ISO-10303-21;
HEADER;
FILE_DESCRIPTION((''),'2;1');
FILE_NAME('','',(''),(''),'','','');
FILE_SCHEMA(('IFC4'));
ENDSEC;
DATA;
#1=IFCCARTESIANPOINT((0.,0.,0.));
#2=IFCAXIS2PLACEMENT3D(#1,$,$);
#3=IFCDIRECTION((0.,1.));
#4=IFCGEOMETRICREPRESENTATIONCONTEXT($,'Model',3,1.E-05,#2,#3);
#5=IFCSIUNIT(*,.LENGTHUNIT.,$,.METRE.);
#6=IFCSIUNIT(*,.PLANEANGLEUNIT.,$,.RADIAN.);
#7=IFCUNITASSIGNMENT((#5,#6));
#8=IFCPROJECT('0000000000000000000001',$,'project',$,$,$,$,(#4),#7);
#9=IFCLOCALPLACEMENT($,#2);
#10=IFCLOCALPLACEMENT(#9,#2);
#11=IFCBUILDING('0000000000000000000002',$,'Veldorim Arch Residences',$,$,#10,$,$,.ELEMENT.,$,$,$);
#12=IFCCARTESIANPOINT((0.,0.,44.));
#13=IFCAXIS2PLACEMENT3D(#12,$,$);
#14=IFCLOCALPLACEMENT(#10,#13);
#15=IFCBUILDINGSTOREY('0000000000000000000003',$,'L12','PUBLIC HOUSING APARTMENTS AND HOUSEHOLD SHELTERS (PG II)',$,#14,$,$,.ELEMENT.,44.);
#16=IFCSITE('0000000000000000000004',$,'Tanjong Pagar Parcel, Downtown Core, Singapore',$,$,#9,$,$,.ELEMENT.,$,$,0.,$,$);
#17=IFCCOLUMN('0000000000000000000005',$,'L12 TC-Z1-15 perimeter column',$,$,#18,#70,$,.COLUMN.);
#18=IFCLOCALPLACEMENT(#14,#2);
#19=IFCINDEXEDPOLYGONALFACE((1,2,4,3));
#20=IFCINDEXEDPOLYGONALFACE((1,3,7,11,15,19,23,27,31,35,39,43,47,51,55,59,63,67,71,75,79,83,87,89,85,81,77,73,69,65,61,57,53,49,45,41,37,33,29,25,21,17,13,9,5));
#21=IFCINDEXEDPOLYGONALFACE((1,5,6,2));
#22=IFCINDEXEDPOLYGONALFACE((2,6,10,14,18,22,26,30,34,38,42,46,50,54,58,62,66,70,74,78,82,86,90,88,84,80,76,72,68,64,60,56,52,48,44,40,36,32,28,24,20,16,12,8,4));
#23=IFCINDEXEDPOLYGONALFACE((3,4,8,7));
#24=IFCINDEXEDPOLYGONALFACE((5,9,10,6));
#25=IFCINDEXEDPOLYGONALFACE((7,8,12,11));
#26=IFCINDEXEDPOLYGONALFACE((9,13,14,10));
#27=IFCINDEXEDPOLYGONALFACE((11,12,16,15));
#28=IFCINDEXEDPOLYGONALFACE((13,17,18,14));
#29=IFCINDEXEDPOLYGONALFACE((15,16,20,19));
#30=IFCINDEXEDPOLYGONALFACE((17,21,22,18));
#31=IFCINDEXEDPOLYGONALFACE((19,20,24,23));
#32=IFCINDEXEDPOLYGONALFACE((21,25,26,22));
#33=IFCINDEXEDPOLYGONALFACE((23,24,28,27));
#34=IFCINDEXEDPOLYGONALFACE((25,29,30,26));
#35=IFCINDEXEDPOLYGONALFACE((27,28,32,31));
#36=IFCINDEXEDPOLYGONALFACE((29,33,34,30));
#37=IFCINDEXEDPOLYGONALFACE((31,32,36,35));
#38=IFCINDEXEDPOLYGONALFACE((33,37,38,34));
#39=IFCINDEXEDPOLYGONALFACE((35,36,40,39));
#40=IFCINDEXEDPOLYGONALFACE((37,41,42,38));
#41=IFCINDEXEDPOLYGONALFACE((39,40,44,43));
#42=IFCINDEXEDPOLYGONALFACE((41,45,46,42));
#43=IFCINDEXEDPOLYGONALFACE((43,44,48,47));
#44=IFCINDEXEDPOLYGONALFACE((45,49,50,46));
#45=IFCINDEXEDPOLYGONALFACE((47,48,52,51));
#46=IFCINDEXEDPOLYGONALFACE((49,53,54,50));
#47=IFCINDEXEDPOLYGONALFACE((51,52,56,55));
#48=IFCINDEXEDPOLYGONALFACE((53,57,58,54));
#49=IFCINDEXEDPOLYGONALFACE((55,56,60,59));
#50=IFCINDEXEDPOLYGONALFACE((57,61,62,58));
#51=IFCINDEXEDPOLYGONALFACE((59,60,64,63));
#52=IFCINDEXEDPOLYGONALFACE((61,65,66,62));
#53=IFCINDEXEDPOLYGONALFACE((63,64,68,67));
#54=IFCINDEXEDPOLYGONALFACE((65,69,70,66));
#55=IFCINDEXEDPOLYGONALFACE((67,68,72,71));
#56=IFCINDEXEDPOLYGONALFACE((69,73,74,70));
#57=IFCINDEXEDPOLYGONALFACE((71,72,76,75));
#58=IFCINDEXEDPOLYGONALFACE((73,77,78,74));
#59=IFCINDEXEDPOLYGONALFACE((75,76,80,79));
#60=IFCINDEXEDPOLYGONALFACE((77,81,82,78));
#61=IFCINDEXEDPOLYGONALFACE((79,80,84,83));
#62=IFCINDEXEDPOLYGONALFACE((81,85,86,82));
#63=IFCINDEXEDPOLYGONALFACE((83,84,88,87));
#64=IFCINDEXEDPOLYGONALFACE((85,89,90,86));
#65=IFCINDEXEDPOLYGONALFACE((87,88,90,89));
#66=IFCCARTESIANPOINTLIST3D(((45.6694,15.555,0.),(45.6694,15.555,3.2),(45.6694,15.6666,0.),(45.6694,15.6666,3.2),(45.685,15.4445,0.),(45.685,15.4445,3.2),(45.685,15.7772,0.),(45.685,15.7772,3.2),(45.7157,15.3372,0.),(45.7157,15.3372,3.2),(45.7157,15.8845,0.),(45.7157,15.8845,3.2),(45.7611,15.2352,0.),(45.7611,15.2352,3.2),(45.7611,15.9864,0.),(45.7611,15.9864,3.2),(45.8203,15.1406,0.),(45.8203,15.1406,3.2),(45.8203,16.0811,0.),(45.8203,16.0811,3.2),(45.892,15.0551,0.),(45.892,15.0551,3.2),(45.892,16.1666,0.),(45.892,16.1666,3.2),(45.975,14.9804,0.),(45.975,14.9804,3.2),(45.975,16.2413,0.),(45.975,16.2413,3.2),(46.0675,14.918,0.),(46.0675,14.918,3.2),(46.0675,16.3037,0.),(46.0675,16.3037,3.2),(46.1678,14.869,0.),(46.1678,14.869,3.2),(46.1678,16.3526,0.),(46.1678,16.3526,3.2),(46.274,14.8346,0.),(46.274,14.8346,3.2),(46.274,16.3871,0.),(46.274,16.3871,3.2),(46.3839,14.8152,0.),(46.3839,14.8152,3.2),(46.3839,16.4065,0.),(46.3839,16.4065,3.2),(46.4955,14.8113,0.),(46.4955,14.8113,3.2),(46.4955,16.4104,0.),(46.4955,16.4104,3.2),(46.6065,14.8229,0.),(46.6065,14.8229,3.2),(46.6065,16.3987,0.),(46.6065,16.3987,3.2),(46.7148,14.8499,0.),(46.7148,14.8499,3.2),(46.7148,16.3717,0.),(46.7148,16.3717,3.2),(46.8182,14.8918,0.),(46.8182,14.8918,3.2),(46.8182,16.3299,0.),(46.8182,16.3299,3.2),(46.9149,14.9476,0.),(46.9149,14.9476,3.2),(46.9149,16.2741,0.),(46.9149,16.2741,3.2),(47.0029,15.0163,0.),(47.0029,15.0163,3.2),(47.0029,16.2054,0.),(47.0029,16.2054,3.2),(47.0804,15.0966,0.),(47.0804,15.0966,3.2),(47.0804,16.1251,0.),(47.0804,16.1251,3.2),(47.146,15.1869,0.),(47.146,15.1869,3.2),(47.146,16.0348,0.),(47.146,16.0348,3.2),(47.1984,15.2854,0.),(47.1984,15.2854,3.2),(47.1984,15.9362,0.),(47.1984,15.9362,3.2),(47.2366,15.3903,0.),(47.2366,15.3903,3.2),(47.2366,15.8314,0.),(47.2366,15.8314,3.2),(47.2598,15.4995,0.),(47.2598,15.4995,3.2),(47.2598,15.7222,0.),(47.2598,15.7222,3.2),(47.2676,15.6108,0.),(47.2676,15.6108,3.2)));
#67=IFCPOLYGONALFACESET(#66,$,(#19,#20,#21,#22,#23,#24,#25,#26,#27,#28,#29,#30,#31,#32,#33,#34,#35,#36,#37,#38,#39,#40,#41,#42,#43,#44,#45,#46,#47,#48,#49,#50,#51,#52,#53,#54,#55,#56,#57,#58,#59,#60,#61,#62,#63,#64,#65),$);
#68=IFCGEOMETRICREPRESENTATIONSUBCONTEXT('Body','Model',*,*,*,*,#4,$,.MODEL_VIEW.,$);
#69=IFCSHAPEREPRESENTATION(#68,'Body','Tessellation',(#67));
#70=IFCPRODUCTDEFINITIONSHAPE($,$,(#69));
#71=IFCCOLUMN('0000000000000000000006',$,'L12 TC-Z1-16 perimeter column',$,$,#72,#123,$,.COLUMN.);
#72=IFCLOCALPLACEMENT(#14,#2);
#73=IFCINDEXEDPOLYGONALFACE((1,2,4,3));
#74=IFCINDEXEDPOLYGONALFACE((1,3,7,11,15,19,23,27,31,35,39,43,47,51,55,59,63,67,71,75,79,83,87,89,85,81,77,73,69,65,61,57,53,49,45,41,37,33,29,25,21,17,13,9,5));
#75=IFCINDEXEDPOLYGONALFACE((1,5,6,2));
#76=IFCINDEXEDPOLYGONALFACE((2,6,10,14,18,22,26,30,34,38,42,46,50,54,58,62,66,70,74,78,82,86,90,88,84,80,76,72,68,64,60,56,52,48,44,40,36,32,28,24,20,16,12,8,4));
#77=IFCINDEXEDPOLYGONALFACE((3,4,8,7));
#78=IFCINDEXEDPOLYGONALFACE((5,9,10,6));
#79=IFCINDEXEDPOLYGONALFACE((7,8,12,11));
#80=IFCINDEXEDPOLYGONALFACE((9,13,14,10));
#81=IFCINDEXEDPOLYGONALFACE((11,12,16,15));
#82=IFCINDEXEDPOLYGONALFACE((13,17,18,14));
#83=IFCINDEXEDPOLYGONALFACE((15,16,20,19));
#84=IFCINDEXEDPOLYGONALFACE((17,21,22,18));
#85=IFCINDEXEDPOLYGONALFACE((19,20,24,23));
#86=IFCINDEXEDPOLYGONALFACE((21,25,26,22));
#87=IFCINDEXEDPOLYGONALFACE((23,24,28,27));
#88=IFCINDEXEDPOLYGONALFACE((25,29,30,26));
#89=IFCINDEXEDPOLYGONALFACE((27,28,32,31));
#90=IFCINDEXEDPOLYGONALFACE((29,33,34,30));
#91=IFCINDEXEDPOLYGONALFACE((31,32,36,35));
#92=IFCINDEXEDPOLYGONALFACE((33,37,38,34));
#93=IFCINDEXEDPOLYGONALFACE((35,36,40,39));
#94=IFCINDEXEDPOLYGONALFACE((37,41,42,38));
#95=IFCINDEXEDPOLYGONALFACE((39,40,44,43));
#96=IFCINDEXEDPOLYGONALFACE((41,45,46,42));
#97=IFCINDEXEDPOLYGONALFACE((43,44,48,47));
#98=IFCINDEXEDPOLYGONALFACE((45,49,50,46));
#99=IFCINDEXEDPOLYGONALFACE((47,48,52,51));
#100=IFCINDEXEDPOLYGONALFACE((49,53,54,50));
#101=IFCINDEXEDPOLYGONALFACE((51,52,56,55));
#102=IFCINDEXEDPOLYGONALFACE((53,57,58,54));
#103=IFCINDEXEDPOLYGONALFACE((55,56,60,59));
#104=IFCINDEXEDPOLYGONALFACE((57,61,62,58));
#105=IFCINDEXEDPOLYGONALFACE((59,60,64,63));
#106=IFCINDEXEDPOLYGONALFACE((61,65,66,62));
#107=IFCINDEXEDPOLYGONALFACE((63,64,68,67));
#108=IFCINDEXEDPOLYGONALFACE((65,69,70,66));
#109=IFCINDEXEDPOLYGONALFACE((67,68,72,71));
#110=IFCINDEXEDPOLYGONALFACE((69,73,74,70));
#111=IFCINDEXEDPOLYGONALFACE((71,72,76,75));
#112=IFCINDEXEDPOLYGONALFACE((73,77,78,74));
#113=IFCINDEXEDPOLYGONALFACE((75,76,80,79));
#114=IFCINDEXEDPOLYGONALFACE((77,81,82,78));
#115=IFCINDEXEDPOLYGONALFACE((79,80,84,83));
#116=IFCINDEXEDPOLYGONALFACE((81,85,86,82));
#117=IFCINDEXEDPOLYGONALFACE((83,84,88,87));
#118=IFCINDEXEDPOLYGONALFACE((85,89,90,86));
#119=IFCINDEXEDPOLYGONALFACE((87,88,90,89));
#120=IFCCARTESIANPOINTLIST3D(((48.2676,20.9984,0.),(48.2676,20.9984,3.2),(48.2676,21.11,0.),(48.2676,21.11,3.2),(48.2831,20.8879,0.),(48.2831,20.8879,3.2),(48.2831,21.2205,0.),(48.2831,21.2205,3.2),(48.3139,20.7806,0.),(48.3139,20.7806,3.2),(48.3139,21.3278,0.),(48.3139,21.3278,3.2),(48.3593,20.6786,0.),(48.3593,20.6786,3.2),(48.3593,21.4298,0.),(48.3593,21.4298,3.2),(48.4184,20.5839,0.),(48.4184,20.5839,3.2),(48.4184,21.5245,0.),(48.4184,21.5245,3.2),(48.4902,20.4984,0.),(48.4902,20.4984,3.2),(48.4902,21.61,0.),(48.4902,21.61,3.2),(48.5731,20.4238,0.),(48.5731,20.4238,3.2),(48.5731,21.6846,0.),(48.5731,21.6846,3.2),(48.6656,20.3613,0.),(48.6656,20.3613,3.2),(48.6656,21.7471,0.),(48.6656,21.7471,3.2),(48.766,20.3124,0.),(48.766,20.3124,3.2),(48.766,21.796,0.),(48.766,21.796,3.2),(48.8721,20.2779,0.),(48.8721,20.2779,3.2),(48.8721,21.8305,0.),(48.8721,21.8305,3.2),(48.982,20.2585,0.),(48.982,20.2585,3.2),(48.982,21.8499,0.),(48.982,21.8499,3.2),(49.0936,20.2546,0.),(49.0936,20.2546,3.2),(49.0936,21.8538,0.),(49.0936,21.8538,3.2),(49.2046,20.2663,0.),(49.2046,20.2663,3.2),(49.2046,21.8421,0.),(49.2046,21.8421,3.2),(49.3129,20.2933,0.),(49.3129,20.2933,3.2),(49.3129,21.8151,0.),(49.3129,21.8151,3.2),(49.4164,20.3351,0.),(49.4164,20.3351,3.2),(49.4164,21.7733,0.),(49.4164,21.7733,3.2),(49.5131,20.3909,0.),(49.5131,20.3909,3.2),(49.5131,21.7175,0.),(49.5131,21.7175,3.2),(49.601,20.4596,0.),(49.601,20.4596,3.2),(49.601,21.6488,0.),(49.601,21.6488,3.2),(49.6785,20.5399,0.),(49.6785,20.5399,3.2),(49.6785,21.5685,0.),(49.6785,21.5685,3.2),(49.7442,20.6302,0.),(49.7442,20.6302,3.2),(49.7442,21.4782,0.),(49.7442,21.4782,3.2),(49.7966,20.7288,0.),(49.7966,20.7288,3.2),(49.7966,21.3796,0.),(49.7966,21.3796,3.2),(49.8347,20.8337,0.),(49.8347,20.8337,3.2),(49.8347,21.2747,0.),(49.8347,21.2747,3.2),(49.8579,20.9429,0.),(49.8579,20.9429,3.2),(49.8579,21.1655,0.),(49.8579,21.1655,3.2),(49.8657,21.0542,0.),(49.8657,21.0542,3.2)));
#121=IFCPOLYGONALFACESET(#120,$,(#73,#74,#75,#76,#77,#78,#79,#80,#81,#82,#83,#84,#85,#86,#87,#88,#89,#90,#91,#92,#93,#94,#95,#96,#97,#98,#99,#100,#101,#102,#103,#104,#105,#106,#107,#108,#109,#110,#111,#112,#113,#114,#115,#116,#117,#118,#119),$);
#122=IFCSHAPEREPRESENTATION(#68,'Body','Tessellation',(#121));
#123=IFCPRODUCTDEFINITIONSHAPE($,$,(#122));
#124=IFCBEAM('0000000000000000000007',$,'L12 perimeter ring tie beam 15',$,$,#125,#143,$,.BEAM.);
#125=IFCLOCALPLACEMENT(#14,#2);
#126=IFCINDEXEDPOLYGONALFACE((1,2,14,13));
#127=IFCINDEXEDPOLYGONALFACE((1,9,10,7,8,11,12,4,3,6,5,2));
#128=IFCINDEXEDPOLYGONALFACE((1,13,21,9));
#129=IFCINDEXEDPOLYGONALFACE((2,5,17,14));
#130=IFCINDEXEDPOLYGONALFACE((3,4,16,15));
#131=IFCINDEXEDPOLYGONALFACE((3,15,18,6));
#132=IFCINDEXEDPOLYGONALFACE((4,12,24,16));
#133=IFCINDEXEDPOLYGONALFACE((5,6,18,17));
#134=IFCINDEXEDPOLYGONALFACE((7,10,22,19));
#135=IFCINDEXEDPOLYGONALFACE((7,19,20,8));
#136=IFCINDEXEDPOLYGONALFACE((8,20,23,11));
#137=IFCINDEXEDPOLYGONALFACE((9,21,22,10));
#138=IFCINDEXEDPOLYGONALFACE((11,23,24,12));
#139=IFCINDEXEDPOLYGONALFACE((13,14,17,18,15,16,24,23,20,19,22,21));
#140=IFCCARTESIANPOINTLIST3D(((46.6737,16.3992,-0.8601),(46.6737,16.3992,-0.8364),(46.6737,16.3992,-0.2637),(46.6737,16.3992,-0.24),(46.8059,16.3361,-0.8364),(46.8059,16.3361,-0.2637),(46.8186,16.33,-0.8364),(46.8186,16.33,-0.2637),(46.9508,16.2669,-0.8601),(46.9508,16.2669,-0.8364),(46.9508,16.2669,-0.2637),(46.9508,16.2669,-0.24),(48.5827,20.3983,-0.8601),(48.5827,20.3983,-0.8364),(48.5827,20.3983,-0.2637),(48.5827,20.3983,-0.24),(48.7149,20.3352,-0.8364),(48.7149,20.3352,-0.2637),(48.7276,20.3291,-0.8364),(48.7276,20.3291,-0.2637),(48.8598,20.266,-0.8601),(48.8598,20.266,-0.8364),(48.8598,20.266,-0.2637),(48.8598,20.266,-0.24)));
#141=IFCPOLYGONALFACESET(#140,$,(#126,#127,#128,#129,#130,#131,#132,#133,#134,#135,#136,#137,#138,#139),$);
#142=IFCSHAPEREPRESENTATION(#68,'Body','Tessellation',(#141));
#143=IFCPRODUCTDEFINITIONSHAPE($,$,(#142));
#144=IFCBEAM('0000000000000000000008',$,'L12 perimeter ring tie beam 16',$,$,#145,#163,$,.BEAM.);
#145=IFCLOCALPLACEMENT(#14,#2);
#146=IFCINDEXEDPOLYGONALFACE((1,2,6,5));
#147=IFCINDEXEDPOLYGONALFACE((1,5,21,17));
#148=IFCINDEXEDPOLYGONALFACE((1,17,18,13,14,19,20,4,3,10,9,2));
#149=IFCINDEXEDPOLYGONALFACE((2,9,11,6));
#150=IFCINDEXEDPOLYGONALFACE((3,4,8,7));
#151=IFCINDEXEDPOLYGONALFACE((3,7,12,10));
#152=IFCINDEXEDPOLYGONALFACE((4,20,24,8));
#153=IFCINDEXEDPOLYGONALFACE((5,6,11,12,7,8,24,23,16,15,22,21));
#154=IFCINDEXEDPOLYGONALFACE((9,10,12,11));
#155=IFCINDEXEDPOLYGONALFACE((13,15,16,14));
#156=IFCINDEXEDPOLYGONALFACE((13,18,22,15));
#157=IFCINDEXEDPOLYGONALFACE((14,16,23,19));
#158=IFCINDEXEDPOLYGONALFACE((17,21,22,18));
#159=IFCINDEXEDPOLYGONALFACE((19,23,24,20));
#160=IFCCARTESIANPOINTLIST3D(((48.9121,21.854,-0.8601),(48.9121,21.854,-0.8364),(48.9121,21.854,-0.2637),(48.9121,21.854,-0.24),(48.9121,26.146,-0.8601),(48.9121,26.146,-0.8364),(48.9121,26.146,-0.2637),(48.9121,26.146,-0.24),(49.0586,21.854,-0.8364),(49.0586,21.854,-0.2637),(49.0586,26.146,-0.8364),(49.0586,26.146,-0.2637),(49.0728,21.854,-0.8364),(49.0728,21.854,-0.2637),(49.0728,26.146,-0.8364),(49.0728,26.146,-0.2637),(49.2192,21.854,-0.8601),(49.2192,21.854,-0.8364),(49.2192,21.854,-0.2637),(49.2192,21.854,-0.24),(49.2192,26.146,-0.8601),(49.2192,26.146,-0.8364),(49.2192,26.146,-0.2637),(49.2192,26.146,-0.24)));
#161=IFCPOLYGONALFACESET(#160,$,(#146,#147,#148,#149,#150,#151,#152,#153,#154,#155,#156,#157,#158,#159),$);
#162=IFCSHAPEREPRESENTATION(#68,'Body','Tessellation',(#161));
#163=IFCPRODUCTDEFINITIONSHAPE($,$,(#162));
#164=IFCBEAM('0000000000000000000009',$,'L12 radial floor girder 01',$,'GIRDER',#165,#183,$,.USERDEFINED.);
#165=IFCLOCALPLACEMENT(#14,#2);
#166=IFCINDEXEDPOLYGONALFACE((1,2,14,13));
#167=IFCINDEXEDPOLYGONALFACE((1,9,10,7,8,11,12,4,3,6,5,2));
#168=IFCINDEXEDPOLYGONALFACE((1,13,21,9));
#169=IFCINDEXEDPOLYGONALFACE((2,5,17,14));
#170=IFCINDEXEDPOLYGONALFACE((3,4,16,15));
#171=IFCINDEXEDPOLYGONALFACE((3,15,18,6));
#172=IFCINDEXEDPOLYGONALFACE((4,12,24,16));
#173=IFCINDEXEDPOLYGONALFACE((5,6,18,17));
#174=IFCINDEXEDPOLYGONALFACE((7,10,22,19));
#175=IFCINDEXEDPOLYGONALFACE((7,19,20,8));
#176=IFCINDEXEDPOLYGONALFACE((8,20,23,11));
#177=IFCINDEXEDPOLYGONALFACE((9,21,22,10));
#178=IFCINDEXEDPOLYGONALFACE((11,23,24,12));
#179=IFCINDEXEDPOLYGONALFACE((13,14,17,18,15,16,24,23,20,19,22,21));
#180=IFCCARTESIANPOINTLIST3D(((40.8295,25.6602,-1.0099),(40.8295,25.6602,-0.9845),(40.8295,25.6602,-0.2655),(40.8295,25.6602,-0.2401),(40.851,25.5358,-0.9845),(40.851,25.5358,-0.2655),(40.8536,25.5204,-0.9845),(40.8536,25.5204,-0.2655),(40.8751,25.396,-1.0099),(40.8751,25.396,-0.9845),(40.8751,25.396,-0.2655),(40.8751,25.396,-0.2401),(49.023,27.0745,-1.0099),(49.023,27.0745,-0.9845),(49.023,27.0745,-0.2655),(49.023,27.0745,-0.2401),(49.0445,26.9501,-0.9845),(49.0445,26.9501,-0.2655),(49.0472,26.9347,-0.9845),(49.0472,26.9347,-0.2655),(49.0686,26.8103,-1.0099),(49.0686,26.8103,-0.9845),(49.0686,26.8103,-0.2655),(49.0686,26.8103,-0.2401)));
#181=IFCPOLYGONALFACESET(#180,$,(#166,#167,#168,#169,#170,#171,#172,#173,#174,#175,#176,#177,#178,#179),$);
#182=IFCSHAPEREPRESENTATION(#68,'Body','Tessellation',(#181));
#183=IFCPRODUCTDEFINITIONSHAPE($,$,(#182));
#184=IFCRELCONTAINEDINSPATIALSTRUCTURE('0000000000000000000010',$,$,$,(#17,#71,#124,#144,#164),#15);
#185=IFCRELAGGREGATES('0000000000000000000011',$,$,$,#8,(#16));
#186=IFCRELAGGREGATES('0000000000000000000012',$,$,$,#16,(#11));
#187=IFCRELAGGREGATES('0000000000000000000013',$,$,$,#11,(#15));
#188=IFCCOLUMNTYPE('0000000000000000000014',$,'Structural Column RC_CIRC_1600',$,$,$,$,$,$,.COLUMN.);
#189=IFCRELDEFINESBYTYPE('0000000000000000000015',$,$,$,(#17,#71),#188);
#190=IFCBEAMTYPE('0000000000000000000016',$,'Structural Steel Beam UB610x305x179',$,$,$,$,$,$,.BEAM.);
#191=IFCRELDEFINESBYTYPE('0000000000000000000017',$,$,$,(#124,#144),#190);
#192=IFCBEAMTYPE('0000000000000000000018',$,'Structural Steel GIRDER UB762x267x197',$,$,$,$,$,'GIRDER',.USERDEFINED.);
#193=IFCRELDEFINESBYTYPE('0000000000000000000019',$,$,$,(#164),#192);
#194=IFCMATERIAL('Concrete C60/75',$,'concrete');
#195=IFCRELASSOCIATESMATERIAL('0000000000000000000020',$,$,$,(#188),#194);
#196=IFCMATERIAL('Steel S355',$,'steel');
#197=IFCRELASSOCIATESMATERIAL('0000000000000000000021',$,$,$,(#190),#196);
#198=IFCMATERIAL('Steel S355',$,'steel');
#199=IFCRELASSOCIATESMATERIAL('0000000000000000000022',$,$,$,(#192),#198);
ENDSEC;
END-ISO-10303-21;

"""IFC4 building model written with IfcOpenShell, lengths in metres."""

from ifc_helpers import new_model, si_unit, direction, frame, origin, origin_2d, place, context, subcontext, project, spatial, circle, i_section, extrude, material, material_profile, profile_set, type_object, element, save


model = new_model("IFC4")

# Units and contexts
model_context = context("Model", 3, precision=1e-05, world=origin(), true_north=direction((0.0, 1.0)))
body_context = subcontext(model_context, "Body", "Model", "MODEL_VIEW")
ifc_project = project(units=[si_unit("LENGTHUNIT", "METRE"), si_unit("PLANEANGLEUNIT", "RADIAN")], contexts=[model_context])

# Site, building, storey
site_placement = place(None, origin())
site = spatial("IfcSite", under=ifc_project, at=site_placement, Name="Tanjong Pagar Parcel, Downtown Core, Singapore", CompositionType="ELEMENT", RefElevation=0.0)
building_placement = place(site_placement, origin())
building = spatial("IfcBuilding", under=site, at=building_placement, Name="Veldorim Arch Residences", CompositionType="ELEMENT")
storey_placement = place(building_placement, frame((0.0, 0.0, 44.0)))
storey = spatial("IfcBuildingStorey", under=building, at=storey_placement, Name="L12", Description="PUBLIC HOUSING APARTMENTS AND HOUSEHOLD SHELTERS (PG II)", CompositionType="ELEMENT", Elevation=44.0)

# Columns
ifc_material_1 = material(Name="Concrete C60/75", Category="concrete")
ifc_material_profile_1 = material_profile(ifc_material_1, circle(Radius=0.8, at=origin_2d()), Name="RC_CIRC_1600")
ifc_profile_set_1 = profile_set([ifc_material_profile_1], Name="Concrete C60/75")
column_type = type_object("IfcColumnType", Name="Structural Column RC_CIRC_1600", PredefinedType="COLUMN", material=ifc_profile_set_1)
for number, where, z_axis, x_axis, name in (
    (1, (46.4675, 15.6108, 0.0), (0.0, 0.0, 1.0), (1.0, 0.0, 0.0), "L12 TC-Z1-15 perimeter column"),
    (2, (49.0657, 21.0542, 0.0), (0.0, 0.0, 1.0), (1.0, 0.0, 0.0), "L12 TC-Z1-16 perimeter column"),
):
    element("IfcColumn", number, at=place(storey_placement, frame(where, z_axis=z_axis, x_axis=x_axis)), inside=storey, type_object=column_type, Name=name, PredefinedType="COLUMN", context=body_context, shape_type="SweptSolid", body=[
        extrude(circle(Radius=0.8, at=origin_2d()), origin(), (0.0, 0.0, 1.0), 3.2),
    ])

# Beams
ifc_material_2 = material(Name="Steel S355", Category="steel")
ifc_material_profile_2 = material_profile(ifc_material_2, i_section(OverallWidth=0.3071, OverallDepth=0.6201, WebThickness=0.0142, FlangeThickness=0.0237, at=origin_2d()), Name="UB610x305x179")
ifc_profile_set_2 = profile_set([ifc_material_profile_2], Name="Steel S355")
beam_type_1 = type_object("IfcBeamType", Name="Structural Steel Beam UB610x305x179", PredefinedType="BEAM", material=ifc_profile_set_2)
beam_1_placement = place(storey_placement, frame((46.8123, 16.333, -0.55), z_axis=(0.430787, 0.902454, 0.0), x_axis=(-0.902454, 0.430787, 0.0)))
element("IfcBeam", 3, at=beam_1_placement, inside=storey, type_object=beam_type_1, Name="L12 perimeter ring tie beam 15", PredefinedType="BEAM", context=body_context, shape_type="SweptSolid", body=[
    extrude(i_section(OverallWidth=0.3071, OverallDepth=0.6201, WebThickness=0.0142, FlangeThickness=0.0237, at=origin_2d()), origin(), (0.0, 0.0, 1.0), 4.4314),
])
beam_2_placement = place(storey_placement, frame((49.0657, 21.854, -0.55), z_axis=(0.0, 1.0, 0.0), x_axis=(-1.0, 0.0, 0.0)))
element("IfcBeam", 4, at=beam_2_placement, inside=storey, type_object=beam_type_1, Name="L12 perimeter ring tie beam 16", PredefinedType="BEAM", context=body_context, shape_type="SweptSolid", body=[
    extrude(i_section(OverallWidth=0.3071, OverallDepth=0.6201, WebThickness=0.0142, FlangeThickness=0.0237, at=origin_2d()), origin(), (0.0, 0.0, 1.0), 4.292),
])
ifc_material_3 = material(Name="Steel S355", Category="steel")
ifc_material_profile_3 = material_profile(ifc_material_3, i_section(OverallWidth=0.2681, OverallDepth=0.7698, WebThickness=0.0156, FlangeThickness=0.0254, at=origin_2d()), Name="UB762x267x197")
ifc_profile_set_3 = profile_set([ifc_material_profile_3], Name="Steel S355")
beam_type_2 = type_object("IfcBeamType", Name="Structural Steel GIRDER UB762x267x197", ElementType="GIRDER", PredefinedType="USERDEFINED", material=ifc_profile_set_3)
beam_3_placement = place(storey_placement, frame((40.8523, 25.5281, -0.625), z_axis=(0.985428, 0.170096, 0.0), x_axis=(-0.170096, 0.985428, 0.0)))
element("IfcBeam", 5, at=beam_3_placement, inside=storey, type_object=beam_type_2, Name="L12 radial floor girder 01", ObjectType="GIRDER", PredefinedType="USERDEFINED", context=body_context, shape_type="SweptSolid", body=[
    extrude(i_section(OverallWidth=0.2681, OverallDepth=0.7698, WebThickness=0.0156, FlangeThickness=0.0254, at=origin_2d()), origin(), (0.0, 0.0, 1.0), 8.3147),
])

save(model, "model.ifc")
